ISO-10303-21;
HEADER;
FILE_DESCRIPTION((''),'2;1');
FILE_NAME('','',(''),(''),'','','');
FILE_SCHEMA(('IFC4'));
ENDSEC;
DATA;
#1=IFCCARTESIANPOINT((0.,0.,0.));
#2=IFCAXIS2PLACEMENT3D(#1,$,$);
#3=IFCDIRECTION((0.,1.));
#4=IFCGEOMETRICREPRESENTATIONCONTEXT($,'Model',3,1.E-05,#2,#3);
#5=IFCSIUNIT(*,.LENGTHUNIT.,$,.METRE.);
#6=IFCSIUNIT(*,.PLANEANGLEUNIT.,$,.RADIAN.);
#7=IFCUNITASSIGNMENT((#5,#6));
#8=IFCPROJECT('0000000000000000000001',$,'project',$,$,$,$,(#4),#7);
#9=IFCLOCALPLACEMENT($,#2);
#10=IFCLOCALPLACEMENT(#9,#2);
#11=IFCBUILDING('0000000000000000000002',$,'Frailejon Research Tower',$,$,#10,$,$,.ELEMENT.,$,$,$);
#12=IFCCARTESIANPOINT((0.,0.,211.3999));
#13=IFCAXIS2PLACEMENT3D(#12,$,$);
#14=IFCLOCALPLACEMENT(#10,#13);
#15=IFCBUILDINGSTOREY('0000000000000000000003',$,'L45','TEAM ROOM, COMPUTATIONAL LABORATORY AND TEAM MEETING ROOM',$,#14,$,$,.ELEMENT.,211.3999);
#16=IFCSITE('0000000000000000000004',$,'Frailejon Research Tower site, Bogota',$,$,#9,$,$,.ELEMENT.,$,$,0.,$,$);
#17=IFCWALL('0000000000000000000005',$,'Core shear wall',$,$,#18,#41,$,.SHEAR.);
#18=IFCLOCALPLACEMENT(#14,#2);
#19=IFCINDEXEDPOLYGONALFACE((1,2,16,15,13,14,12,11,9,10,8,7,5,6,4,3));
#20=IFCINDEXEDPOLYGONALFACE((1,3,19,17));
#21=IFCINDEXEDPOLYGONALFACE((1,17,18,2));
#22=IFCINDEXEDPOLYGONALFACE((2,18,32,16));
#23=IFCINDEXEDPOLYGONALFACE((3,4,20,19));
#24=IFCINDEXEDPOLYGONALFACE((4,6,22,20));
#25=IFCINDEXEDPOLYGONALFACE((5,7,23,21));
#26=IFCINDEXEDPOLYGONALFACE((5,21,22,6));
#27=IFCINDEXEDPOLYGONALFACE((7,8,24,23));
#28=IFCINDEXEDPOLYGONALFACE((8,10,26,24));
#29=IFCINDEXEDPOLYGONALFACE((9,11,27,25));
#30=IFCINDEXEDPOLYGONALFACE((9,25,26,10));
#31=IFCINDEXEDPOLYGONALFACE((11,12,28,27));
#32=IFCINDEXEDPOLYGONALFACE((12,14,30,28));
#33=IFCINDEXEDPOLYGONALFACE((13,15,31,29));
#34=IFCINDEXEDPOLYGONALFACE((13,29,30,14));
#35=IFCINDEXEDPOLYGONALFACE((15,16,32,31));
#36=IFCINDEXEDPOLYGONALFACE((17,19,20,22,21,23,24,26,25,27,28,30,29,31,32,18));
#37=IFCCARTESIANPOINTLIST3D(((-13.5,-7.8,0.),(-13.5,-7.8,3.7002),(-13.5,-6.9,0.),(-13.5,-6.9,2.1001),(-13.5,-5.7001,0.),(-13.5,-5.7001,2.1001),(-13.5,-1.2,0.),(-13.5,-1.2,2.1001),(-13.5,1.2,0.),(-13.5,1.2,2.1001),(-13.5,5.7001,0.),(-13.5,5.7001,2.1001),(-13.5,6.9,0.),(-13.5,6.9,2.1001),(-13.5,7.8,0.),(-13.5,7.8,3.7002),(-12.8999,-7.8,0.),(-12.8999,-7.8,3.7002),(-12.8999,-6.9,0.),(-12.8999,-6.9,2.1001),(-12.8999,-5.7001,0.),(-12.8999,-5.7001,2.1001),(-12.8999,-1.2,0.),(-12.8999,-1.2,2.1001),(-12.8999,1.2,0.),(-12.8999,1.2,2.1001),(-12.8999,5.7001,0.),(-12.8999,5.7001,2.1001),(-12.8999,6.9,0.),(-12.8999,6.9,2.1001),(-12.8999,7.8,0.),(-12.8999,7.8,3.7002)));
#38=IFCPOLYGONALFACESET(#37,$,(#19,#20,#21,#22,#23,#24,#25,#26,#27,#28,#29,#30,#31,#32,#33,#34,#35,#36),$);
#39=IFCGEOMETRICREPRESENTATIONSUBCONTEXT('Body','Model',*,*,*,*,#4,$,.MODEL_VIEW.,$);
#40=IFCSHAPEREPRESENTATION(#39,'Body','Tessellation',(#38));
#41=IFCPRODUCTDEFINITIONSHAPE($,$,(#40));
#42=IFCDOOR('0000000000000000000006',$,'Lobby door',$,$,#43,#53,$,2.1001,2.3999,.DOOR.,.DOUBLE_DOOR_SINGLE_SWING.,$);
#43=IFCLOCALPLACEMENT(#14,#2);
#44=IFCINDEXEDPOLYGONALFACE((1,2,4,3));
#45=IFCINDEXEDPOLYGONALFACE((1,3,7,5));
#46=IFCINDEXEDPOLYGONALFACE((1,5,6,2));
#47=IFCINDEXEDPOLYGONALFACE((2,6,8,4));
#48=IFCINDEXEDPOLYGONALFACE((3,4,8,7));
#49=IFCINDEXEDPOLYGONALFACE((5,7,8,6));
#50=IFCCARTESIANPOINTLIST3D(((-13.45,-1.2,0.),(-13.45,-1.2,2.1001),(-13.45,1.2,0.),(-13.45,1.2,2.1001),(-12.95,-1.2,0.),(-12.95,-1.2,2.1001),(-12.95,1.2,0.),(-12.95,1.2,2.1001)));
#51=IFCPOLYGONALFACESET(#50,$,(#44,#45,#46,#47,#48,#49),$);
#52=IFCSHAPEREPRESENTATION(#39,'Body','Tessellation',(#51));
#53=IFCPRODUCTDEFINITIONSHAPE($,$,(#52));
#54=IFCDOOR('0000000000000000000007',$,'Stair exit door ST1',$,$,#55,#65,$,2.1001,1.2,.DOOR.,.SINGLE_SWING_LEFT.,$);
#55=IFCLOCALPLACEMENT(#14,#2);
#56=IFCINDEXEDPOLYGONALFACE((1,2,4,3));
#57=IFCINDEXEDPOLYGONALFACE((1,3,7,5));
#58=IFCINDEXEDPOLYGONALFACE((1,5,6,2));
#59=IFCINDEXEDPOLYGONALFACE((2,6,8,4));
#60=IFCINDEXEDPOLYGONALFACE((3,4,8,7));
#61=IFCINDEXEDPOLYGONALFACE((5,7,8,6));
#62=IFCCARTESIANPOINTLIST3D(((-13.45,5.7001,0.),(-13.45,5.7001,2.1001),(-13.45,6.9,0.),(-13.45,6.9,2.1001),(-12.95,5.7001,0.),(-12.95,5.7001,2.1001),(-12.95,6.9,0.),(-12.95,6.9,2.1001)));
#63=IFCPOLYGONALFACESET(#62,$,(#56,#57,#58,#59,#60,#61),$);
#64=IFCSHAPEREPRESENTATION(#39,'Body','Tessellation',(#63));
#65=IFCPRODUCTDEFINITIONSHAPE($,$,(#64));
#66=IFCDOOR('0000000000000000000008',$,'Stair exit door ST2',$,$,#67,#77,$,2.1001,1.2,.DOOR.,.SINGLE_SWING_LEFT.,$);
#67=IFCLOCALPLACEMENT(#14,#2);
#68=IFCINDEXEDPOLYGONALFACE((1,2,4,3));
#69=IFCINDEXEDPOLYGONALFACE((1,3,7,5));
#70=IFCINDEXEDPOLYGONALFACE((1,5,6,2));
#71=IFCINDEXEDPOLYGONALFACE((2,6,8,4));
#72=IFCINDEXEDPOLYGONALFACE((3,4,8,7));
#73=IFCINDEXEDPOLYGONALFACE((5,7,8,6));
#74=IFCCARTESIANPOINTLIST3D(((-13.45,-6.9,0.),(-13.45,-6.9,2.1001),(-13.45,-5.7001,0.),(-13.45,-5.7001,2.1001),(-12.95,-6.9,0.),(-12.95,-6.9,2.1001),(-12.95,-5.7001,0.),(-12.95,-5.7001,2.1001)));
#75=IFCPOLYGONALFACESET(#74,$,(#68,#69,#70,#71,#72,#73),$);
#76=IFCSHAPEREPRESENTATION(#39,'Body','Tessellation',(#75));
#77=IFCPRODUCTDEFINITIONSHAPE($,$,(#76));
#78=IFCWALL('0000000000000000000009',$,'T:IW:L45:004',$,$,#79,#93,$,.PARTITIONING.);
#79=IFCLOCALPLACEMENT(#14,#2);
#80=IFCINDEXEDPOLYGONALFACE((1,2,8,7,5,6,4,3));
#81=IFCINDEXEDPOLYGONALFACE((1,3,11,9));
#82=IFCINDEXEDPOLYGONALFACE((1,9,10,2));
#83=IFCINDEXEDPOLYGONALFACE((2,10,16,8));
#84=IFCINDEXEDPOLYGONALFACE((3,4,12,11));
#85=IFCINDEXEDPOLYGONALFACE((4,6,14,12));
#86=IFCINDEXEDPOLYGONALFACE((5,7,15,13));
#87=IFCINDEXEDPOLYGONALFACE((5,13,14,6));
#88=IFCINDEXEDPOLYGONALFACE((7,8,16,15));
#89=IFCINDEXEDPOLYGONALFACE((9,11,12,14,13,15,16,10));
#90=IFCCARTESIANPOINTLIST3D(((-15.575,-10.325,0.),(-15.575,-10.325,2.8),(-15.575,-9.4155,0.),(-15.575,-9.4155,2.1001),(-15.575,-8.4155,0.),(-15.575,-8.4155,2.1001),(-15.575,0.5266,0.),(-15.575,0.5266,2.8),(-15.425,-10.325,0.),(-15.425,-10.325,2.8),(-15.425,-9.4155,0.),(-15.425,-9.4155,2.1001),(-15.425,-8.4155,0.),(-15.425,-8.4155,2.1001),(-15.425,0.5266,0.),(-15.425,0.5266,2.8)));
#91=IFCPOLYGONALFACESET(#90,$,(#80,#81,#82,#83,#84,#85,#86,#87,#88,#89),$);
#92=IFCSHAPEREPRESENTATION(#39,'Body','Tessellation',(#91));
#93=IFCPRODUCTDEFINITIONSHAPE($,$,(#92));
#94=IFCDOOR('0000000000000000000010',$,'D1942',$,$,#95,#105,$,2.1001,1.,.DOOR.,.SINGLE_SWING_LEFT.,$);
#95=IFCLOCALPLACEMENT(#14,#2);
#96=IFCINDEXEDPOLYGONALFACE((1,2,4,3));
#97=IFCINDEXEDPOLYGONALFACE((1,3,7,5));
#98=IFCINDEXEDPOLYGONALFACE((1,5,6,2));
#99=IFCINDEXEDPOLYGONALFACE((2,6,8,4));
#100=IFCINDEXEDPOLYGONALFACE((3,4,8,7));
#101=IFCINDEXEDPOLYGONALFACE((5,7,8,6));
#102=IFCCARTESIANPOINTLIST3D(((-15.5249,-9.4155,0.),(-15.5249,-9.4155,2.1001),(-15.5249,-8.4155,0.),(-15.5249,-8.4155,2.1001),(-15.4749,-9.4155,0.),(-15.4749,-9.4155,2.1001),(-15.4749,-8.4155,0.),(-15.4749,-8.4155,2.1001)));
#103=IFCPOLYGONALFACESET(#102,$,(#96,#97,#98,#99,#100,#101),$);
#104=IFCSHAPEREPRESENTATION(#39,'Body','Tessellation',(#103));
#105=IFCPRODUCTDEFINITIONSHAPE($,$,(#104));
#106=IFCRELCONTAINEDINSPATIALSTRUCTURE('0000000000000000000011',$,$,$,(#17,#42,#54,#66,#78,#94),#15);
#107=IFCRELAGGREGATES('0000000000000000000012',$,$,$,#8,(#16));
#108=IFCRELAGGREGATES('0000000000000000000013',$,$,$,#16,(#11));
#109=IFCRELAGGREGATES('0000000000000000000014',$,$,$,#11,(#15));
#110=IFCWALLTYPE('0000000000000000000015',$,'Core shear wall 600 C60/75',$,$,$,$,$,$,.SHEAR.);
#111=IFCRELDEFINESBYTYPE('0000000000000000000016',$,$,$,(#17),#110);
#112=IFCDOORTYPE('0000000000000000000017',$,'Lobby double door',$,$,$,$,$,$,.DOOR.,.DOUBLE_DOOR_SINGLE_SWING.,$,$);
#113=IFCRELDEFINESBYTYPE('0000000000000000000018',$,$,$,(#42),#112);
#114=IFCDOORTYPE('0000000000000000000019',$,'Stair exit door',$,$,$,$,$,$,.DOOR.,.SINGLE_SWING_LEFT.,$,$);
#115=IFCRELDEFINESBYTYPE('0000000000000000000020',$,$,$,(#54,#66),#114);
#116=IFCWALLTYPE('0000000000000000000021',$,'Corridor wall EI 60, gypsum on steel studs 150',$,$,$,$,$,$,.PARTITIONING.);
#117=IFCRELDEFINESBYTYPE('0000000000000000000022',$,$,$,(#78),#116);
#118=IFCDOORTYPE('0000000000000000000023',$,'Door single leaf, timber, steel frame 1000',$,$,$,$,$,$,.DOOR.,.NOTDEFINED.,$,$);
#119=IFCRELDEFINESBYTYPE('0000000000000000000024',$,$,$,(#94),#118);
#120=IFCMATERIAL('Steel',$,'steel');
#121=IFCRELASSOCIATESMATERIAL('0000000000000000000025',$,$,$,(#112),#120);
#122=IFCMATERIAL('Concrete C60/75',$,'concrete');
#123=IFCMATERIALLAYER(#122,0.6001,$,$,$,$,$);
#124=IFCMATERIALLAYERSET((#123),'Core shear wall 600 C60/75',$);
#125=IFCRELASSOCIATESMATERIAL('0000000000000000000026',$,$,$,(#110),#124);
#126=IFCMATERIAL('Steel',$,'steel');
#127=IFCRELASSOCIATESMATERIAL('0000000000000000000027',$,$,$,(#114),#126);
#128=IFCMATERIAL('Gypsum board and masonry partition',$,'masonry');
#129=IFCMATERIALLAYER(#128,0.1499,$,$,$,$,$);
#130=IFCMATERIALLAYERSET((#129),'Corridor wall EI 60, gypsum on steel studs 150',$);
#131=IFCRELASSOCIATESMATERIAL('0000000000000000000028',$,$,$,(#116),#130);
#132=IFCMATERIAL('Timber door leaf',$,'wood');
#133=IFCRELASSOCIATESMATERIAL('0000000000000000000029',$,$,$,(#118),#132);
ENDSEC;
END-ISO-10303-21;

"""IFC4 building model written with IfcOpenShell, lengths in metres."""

from ifc_helpers import new_model, si_unit, direction, frame, frame_2d, origin, place, context, subcontext, project, spatial, rectangle, extrude, material, layer, layer_set, type_object, element, fill, save


model = new_model("IFC4")

# Units and contexts
model_context = context("Model", 3, precision=1e-05, world=origin(), true_north=direction((0.0, 1.0)))
body_context = subcontext(model_context, "Body", "Model", "MODEL_VIEW")
ifc_project = project(units=[si_unit("LENGTHUNIT", "METRE"), si_unit("PLANEANGLEUNIT", "RADIAN")], contexts=[model_context])

# Site, building, storey
site_placement = place(None, origin())
site = spatial("IfcSite", under=ifc_project, at=site_placement, Name="Frailejon Research Tower site, Bogota", CompositionType="ELEMENT", RefElevation=0.0)
building_placement = place(site_placement, origin())
building = spatial("IfcBuilding", under=site, at=building_placement, Name="Frailejon Research Tower", CompositionType="ELEMENT")
storey_placement = place(building_placement, frame((0.0, 0.0, 211.3999)))
storey = spatial("IfcBuildingStorey", under=building, at=storey_placement, Name="L45", Description="TEAM ROOM, COMPUTATIONAL LABORATORY AND TEAM MEETING ROOM", CompositionType="ELEMENT", Elevation=211.3999)

# Shared definitions
ifc_material_1 = material(Name="Steel", Category="steel")
door_type_1 = type_object("IfcDoorType", Name="Lobby double door", OperationType="DOUBLE_DOOR_SINGLE_SWING", PredefinedType="DOOR", material=ifc_material_1)

# Shared definitions
ifc_material_2 = material(Name="Concrete C60/75", Category="concrete")
ifc_layer_1 = layer(ifc_material_2, 0.6001)
ifc_layer_set_1 = layer_set([ifc_layer_1], Name="Core shear wall 600 C60/75")
wall_type_1 = type_object("IfcWallType", Name="Core shear wall 600 C60/75", PredefinedType="SHEAR", material=ifc_layer_set_1)

# Wall, openings, doors
wall_1_placement = place(storey_placement, frame((-13.2, -7.8, 0.0), z_axis=(0.0, 0.0, 1.0), x_axis=(0.0, 1.0, 0.0)))
wall_1 = element("IfcWall", 1, at=wall_1_placement, inside=storey, type_object=wall_type_1, Name="Core shear wall", PredefinedType="SHEAR", context=body_context, shape_type="SweptSolid", body=[
    extrude(rectangle(XDim=15.6001, YDim=0.6001, at=frame_2d((7.8, 0.0))), origin(), (0.0, 0.0, 1.0), 3.7002),
])
opening_1_placement = place(wall_1_placement, frame((6.6001, 0.0, 0.0)))
opening_1 = element("IfcOpeningElement", 2, at=opening_1_placement, cuts=wall_1, PredefinedType="OPENING", context=body_context, shape_type="SweptSolid", body=[
    extrude(rectangle(XDim=2.3999, YDim=2.1001, at=frame_2d((1.2, 1.05))), frame((0.0, 0.3101, 0.0), z_axis=(0.0, -1.0, 0.0), x_axis=(1.0, 0.0, 0.0)), (0.0, 0.0, 1.0), 0.6201),
])
opening_2_placement = place(wall_1_placement, frame((13.5, 0.0, 0.0)))
opening_2 = element("IfcOpeningElement", 3, at=opening_2_placement, cuts=wall_1, PredefinedType="OPENING", context=body_context, shape_type="SweptSolid", body=[
    extrude(rectangle(XDim=1.2, YDim=2.1001, at=frame_2d((0.6001, 1.05))), frame((0.0, 0.3101, 0.0), z_axis=(0.0, -1.0, 0.0), x_axis=(1.0, 0.0, 0.0)), (0.0, 0.0, 1.0), 0.6201),
])
opening_3_placement = place(wall_1_placement, frame((0.8999, 0.0, 0.0)))
opening_3 = element("IfcOpeningElement", 4, at=opening_3_placement, cuts=wall_1, PredefinedType="OPENING", context=body_context, shape_type="SweptSolid", body=[
    extrude(rectangle(XDim=1.2, YDim=2.1001, at=frame_2d((0.6001, 1.05))), frame((0.0, 0.3101, 0.0), z_axis=(0.0, -1.0, 0.0), x_axis=(1.0, 0.0, 0.0)), (0.0, 0.0, 1.0), 0.6201),
])
door_1_placement = place(opening_1_placement, origin())
door_1 = element("IfcDoor", 5, at=door_1_placement, inside=storey, type_object=door_type_1, Name="Lobby door", OperationType="DOUBLE_DOOR_SINGLE_SWING", OverallHeight=2.1001, OverallWidth=2.3999, PredefinedType="DOOR", context=body_context, shape_type="SweptSolid", body=[
    extrude(rectangle(XDim=2.3999, YDim=2.1001, at=frame_2d((1.2, 1.05))), frame((0.0, 0.25, 0.0), z_axis=(0.0, -1.0, 0.0), x_axis=(1.0, 0.0, 0.0)), (0.0, 0.0, 1.0), 0.5),
])
fill(opening_1, door_1)
ifc_material_3 = material(Name="Steel", Category="steel")
door_type_2 = type_object("IfcDoorType", Name="Stair exit door", OperationType="SINGLE_SWING_LEFT", PredefinedType="DOOR", material=ifc_material_3)
door_2_placement = place(opening_2_placement, origin())
door_2 = element("IfcDoor", 6, at=door_2_placement, inside=storey, type_object=door_type_2, Name="Stair exit door ST1", OperationType="SINGLE_SWING_LEFT", OverallHeight=2.1001, OverallWidth=1.2, PredefinedType="DOOR", context=body_context, shape_type="SweptSolid", body=[
    extrude(rectangle(XDim=1.2, YDim=2.1001, at=frame_2d((0.6001, 1.05))), frame((0.0, 0.25, 0.0), z_axis=(0.0, -1.0, 0.0), x_axis=(1.0, 0.0, 0.0)), (0.0, 0.0, 1.0), 0.5),
])
fill(opening_2, door_2)
door_3_placement = place(opening_3_placement, origin())
door_3 = element("IfcDoor", 7, at=door_3_placement, inside=storey, type_object=door_type_2, Name="Stair exit door ST2", OperationType="SINGLE_SWING_LEFT", OverallHeight=2.1001, OverallWidth=1.2, PredefinedType="DOOR", context=body_context, shape_type="SweptSolid", body=[
    extrude(rectangle(XDim=1.2, YDim=2.1001, at=frame_2d((0.6001, 1.05))), frame((0.0, 0.25, 0.0), z_axis=(0.0, -1.0, 0.0), x_axis=(1.0, 0.0, 0.0)), (0.0, 0.0, 1.0), 0.5),
])
fill(opening_3, door_3)

# Wall, opening, door
ifc_material_4 = material(Name="Gypsum board and masonry partition", Category="masonry")
ifc_layer_2 = layer(ifc_material_4, 0.1499)
ifc_layer_set_2 = layer_set([ifc_layer_2], Name="Corridor wall EI 60, gypsum on steel studs 150")
wall_type_2 = type_object("IfcWallType", Name="Corridor wall EI 60, gypsum on steel studs 150", PredefinedType="PARTITIONING", material=ifc_layer_set_2)
wall_2_placement = place(storey_placement, frame((-15.5, -10.325, 0.0), z_axis=(0.0, 0.0, 1.0), x_axis=(0.0, 1.0, 0.0)))
wall_2 = element("IfcWall", 8, at=wall_2_placement, inside=storey, type_object=wall_type_2, Name="T:IW:L45:004", PredefinedType="PARTITIONING", context=body_context, shape_type="SweptSolid", body=[
    extrude(rectangle(XDim=10.8516, YDim=0.1499, at=frame_2d((5.4258, 0.0))), origin(), (0.0, 0.0, 1.0), 2.8),
])
opening_4_placement = place(wall_2_placement, frame((0.9094, 0.0, 0.0)))
opening_4 = element("IfcOpeningElement", 9, at=opening_4_placement, cuts=wall_2, PredefinedType="OPENING", context=body_context, shape_type="SweptSolid", body=[
    extrude(rectangle(XDim=1.0, YDim=2.1001, at=frame_2d((0.5, 1.05))), frame((0.0, 0.085, 0.0), z_axis=(0.0, -1.0, 0.0), x_axis=(1.0, 0.0, 0.0)), (0.0, 0.0, 1.0), 0.1699),
])
ifc_material_5 = material(Name="Timber door leaf", Category="wood")
door_type_3 = type_object("IfcDoorType", Name="Door single leaf, timber, steel frame 1000", OperationType="NOTDEFINED", PredefinedType="DOOR", material=ifc_material_5)
door_4_placement = place(opening_4_placement, origin())
door_4 = element("IfcDoor", 10, at=door_4_placement, inside=storey, type_object=door_type_3, Name="D1942", OperationType="SINGLE_SWING_LEFT", OverallHeight=2.1001, OverallWidth=1.0, PredefinedType="DOOR", context=body_context, shape_type="SweptSolid", body=[
    extrude(rectangle(XDim=1.0, YDim=2.1001, at=frame_2d((0.5, 1.05))), frame((0.0, 0.0249, 0.0), z_axis=(0.0, -1.0, 0.0), x_axis=(1.0, 0.0, 0.0)), (0.0, 0.0, 1.0), 0.05),
])
fill(opening_4, door_4)

save(model, "model.ifc")
